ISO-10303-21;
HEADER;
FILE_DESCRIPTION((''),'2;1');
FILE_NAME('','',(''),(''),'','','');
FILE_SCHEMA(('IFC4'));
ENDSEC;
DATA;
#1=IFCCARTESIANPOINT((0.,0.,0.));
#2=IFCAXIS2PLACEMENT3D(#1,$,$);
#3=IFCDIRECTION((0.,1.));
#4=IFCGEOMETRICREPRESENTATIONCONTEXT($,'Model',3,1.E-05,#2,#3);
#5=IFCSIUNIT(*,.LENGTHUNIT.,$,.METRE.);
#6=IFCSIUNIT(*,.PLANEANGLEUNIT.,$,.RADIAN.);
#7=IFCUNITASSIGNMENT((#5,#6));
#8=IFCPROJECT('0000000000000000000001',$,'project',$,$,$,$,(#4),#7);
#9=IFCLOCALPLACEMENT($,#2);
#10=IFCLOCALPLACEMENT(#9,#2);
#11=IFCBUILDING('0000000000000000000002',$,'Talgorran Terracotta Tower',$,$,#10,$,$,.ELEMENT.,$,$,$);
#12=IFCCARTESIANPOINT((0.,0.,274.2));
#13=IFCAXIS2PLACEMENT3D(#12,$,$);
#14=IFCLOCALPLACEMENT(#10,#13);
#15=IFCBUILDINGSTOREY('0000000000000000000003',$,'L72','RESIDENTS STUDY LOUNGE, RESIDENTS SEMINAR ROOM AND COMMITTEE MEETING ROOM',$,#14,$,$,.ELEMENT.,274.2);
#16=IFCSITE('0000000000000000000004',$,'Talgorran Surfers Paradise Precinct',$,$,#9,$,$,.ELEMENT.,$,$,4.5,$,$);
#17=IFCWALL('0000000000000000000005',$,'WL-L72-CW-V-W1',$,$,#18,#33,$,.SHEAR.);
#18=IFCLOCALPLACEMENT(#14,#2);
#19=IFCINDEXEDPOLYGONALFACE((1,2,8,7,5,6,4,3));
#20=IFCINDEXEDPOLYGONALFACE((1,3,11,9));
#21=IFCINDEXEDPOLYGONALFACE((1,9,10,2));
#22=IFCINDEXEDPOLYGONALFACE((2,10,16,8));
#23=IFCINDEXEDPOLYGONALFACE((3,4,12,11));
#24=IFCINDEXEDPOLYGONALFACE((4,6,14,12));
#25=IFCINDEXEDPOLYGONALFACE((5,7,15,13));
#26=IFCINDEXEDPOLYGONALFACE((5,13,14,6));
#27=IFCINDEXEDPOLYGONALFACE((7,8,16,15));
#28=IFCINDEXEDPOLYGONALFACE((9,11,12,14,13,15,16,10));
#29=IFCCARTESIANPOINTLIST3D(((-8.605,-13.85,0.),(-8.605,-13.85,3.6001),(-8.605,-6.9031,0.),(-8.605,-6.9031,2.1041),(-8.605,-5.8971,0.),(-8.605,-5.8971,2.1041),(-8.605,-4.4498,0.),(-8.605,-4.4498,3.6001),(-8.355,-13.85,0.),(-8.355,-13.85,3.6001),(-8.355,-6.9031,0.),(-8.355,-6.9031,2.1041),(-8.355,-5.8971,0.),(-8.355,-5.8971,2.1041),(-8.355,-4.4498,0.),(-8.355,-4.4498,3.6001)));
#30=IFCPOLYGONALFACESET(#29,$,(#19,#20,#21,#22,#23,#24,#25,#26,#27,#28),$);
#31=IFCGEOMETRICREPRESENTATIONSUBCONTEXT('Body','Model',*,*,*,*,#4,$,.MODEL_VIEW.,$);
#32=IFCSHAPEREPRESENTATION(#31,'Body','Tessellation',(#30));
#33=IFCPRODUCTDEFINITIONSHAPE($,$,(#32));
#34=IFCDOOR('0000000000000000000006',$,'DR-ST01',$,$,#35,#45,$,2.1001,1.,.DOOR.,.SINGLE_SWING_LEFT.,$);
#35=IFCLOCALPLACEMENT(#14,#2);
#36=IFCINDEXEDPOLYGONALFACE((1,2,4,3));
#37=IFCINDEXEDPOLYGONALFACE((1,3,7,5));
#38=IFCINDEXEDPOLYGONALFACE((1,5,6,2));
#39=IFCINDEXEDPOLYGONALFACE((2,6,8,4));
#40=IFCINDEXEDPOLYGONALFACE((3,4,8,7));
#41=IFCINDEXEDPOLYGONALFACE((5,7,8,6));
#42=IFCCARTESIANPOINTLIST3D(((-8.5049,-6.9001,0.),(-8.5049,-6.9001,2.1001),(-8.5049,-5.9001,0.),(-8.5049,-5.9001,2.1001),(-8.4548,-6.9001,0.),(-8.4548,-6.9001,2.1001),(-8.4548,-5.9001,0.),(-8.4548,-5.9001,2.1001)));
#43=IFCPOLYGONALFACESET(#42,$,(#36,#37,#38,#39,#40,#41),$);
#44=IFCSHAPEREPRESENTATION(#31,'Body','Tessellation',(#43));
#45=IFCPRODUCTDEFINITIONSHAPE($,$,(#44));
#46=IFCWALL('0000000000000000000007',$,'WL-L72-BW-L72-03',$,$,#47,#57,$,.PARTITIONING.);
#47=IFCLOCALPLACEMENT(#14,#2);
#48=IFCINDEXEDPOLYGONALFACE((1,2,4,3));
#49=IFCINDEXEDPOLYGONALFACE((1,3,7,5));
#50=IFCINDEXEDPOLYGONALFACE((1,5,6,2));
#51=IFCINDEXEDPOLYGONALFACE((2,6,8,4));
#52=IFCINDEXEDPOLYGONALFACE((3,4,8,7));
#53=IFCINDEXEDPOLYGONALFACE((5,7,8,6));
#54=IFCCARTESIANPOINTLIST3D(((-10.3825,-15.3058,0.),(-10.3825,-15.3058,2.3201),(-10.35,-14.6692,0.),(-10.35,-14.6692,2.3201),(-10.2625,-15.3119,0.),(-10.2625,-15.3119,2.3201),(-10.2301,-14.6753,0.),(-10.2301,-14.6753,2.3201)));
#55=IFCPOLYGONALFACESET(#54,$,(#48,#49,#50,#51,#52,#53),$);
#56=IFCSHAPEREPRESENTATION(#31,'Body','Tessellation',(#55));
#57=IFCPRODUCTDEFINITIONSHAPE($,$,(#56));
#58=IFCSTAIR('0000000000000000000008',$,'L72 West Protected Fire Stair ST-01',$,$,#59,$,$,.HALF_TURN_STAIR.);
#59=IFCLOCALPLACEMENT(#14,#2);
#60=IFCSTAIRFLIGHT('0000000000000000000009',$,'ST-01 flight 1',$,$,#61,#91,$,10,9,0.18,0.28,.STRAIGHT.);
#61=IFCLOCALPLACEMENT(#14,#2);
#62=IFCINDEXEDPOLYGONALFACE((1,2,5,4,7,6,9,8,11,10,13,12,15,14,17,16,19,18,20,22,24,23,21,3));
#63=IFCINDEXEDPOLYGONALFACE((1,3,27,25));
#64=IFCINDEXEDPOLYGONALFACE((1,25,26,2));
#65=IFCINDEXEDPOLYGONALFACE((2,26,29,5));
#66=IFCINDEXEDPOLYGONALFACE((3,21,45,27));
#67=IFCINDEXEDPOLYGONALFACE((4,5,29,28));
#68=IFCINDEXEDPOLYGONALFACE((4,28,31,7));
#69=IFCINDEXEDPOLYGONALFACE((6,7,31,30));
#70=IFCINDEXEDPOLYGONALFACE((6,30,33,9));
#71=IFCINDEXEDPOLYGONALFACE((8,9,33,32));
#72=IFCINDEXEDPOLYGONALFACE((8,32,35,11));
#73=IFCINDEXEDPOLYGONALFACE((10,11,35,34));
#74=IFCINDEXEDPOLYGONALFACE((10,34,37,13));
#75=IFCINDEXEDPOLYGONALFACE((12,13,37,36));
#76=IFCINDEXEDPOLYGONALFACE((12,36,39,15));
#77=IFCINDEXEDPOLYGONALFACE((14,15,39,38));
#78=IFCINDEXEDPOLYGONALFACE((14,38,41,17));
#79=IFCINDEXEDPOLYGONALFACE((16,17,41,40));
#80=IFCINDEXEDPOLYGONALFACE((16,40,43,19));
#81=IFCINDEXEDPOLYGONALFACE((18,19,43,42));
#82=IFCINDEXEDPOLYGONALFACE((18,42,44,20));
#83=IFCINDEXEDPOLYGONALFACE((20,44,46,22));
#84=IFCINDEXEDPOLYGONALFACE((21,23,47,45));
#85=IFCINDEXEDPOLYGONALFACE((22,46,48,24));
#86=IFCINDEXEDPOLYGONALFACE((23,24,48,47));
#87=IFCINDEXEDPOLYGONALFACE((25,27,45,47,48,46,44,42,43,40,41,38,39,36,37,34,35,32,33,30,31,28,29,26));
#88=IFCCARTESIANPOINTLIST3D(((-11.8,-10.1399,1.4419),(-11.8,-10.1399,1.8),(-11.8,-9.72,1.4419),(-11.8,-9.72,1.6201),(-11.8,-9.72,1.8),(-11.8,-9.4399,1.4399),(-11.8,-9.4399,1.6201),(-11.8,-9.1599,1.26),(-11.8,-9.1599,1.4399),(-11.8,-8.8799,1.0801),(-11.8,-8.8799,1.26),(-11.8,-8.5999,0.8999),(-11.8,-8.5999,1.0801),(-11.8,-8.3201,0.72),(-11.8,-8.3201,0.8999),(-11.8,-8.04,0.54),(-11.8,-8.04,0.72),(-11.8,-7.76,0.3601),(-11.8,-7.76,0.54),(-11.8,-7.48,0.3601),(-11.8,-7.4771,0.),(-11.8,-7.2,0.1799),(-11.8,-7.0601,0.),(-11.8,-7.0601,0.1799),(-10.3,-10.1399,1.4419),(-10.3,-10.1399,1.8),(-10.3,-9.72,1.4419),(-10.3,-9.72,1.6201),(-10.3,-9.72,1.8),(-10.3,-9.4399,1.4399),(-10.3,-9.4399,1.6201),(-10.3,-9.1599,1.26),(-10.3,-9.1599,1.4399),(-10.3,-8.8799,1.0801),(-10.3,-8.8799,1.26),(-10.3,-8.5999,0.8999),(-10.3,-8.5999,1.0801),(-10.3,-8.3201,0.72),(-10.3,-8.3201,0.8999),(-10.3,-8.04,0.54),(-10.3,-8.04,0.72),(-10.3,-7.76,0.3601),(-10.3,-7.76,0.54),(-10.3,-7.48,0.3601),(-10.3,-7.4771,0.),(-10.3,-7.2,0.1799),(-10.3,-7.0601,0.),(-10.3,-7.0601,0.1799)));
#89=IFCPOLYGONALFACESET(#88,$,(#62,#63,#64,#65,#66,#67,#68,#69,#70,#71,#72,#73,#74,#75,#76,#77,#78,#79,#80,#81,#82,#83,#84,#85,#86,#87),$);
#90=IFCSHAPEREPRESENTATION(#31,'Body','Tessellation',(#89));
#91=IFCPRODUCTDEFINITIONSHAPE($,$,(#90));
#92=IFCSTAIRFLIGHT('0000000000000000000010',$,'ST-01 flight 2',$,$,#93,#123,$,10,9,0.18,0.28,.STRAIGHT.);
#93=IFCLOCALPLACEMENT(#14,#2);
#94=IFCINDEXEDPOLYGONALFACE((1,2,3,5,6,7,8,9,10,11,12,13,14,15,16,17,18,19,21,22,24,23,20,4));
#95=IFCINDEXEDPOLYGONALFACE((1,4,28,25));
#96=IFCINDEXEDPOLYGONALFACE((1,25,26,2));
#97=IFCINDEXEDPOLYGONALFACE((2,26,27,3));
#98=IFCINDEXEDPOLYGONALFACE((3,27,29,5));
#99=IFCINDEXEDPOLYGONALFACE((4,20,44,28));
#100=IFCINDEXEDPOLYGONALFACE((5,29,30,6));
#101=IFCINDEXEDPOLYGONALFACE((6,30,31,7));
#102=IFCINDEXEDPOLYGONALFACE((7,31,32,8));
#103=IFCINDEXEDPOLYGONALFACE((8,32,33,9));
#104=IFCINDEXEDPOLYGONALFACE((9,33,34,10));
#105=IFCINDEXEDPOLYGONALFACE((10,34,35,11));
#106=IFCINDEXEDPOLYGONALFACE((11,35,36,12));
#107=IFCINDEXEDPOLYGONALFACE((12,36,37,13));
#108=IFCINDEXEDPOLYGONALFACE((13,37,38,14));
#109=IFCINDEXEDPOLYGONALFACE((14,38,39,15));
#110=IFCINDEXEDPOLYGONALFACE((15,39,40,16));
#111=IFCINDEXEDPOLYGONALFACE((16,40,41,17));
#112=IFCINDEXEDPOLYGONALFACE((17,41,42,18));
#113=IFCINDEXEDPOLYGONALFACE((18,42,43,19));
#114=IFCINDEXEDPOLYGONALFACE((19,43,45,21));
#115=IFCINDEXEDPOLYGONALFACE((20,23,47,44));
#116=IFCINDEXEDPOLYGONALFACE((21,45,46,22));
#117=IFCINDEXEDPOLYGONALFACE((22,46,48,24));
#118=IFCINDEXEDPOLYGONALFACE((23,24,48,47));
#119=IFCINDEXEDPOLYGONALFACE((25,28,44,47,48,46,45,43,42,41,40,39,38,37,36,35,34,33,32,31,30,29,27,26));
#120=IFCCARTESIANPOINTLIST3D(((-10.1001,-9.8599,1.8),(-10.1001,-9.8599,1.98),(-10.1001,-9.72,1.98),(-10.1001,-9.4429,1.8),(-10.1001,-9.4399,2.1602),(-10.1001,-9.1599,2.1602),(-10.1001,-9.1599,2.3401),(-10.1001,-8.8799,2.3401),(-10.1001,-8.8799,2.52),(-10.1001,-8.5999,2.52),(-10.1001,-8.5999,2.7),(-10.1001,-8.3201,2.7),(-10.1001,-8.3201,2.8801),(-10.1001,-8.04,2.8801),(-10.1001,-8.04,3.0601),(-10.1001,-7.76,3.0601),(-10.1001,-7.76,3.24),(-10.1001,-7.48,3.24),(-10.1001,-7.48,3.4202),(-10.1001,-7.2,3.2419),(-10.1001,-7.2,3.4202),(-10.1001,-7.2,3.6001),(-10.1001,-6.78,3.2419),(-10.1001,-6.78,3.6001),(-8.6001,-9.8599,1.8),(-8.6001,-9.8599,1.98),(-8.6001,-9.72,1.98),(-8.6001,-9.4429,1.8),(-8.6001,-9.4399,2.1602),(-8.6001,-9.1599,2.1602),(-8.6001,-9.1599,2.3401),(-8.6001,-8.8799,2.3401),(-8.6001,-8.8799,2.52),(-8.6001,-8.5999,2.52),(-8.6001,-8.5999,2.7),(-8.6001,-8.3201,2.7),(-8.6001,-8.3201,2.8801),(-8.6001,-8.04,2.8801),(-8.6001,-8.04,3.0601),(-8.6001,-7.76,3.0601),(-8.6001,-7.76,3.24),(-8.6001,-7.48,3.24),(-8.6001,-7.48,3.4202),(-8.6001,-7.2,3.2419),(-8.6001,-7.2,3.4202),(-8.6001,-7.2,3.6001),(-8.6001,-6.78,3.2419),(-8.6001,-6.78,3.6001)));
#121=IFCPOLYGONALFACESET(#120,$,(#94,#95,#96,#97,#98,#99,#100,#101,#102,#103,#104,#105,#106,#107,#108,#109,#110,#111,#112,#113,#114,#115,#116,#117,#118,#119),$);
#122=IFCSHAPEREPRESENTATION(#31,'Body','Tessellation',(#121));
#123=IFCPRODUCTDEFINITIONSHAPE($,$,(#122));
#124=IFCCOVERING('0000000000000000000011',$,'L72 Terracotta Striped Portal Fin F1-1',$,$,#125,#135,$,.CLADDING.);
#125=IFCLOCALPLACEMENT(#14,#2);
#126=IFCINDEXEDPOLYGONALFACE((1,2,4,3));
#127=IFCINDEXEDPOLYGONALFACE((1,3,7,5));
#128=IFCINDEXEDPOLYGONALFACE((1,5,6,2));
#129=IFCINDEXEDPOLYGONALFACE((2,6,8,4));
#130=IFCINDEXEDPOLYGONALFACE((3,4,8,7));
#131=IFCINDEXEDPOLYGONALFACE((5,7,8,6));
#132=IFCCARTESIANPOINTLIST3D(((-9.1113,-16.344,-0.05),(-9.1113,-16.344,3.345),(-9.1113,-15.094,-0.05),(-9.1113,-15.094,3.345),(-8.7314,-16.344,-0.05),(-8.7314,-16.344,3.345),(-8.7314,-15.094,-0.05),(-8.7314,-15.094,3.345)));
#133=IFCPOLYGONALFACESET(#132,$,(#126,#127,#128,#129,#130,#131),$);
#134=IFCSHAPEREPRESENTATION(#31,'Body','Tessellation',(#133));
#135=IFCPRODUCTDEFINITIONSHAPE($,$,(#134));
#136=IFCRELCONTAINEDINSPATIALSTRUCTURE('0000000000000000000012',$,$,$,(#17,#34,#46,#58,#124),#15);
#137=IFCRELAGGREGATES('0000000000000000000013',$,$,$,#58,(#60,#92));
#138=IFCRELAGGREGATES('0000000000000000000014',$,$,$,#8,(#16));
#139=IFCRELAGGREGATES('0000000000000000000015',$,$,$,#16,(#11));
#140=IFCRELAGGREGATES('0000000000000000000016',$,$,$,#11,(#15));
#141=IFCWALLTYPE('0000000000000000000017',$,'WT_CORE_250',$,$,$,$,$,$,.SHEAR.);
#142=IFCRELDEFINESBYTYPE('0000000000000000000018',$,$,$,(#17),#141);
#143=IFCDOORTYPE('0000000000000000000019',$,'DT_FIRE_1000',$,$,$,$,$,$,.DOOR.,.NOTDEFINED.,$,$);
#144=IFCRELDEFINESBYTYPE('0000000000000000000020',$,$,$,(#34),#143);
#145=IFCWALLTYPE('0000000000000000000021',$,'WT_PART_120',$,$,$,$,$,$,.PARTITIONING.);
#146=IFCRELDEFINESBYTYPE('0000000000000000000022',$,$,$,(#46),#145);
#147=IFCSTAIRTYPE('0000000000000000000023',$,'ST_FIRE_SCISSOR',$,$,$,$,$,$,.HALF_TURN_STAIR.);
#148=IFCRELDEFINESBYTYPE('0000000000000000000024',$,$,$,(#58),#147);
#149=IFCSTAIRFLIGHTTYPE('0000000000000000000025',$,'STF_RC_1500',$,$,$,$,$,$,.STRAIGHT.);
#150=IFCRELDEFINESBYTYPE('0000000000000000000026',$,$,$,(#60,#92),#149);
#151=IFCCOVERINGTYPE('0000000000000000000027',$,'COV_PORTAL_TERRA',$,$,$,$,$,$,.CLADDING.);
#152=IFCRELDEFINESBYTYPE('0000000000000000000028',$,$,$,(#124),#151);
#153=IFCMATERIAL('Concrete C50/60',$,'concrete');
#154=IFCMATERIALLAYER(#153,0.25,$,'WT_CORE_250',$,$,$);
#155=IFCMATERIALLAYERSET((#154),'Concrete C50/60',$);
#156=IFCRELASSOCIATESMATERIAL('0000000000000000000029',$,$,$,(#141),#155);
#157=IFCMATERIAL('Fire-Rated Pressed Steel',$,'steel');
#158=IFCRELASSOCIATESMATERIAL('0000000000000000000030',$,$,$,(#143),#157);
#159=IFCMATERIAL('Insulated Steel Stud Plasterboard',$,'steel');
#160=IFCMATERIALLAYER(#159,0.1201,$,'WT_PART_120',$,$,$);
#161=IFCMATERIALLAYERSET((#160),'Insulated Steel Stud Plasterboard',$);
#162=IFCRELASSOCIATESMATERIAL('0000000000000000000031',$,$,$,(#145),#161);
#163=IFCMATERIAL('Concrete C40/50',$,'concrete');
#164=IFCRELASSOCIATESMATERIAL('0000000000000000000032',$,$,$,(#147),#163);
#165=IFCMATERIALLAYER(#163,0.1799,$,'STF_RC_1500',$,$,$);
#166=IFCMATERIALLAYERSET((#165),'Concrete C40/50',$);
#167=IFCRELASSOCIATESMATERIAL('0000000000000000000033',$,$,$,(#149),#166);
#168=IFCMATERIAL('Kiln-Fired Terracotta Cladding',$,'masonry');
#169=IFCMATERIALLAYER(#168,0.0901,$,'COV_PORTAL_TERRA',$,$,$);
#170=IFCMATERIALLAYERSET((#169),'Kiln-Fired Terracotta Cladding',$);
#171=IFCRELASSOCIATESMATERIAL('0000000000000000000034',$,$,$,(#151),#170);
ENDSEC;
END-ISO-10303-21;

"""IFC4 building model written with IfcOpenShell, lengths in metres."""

from ifc_helpers import new_model, si_unit, direction, frame, frame_2d, origin, origin_2d, place, context, subcontext, project, spatial, polyline, rectangle, outline, extrude, material, layer, layer_set, type_object, element, fill, aggregate, save


model = new_model("IFC4")

# Units and contexts
model_context = context("Model", 3, precision=1e-05, world=origin(), true_north=direction((0.0, 1.0)))
body_context = subcontext(model_context, "Body", "Model", "MODEL_VIEW")
ifc_project = project(units=[si_unit("LENGTHUNIT", "METRE"), si_unit("PLANEANGLEUNIT", "RADIAN")], contexts=[model_context])

# Site, building, storey
site_placement = place(None, origin())
site = spatial("IfcSite", under=ifc_project, at=site_placement, Name="Talgorran Surfers Paradise Precinct", CompositionType="ELEMENT", RefElevation=4.5)
building_placement = place(site_placement, origin())
building = spatial("IfcBuilding", under=site, at=building_placement, Name="Talgorran Terracotta Tower", CompositionType="ELEMENT")
storey_placement = place(building_placement, frame((0.0, 0.0, 274.2)))
storey = spatial("IfcBuildingStorey", under=building, at=storey_placement, Name="L72", Description="RESIDENTS STUDY LOUNGE, RESIDENTS SEMINAR ROOM AND COMMITTEE MEETING ROOM", CompositionType="ELEMENT", Elevation=274.2)

# Wall, opening, door
ifc_material_1 = material(Name="Concrete C50/60", Category="concrete")
ifc_layer_1 = layer(ifc_material_1, 0.25, Name="WT_CORE_250")
ifc_layer_set_1 = layer_set([ifc_layer_1], Name="Concrete C50/60")
wall_type_1 = type_object("IfcWallType", Name="WT_CORE_250", PredefinedType="SHEAR", material=ifc_layer_set_1)
wall_1_placement = place(storey_placement, frame((-8.48, -13.8501, 0.0), z_axis=(0.0, 0.0, 1.0), x_axis=(0.0, 1.0, 0.0)))
wall_1 = element("IfcWall", 1, at=wall_1_placement, inside=storey, type_object=wall_type_1, Name="WL-L72-CW-V-W1", PredefinedType="SHEAR", context=body_context, shape_type="SweptSolid", body=[
    extrude(rectangle(XDim=9.4001, YDim=0.25, at=frame_2d((4.7002, 0.0))), origin(), (0.0, 0.0, 1.0), 3.6001),
])
opening_placement = place(wall_1_placement, frame((6.95, 0.0, 0.0)))
opening = element("IfcOpeningElement", 2, at=opening_placement, cuts=wall_1, PredefinedType="OPENING", context=body_context, shape_type="SweptSolid", body=[
    extrude(rectangle(XDim=1.006, YDim=2.1041, at=frame_2d((0.5, 1.052))), frame((0.0, 0.135, 0.0), z_axis=(0.0, -1.0, 0.0), x_axis=(1.0, 0.0, 0.0)), (0.0, 0.0, 1.0), 0.27),
])
ifc_material_2 = material(Name="Fire-Rated Pressed Steel", Category="steel")
door_type = type_object("IfcDoorType", Name="DT_FIRE_1000", OperationType="NOTDEFINED", PredefinedType="DOOR", material=ifc_material_2)
door_placement = place(opening_placement, origin())
door = element("IfcDoor", 3, at=door_placement, inside=storey, type_object=door_type, Name="DR-ST01", OperationType="SINGLE_SWING_LEFT", OverallHeight=2.1001, OverallWidth=1.0, PredefinedType="DOOR", context=body_context, shape_type="SweptSolid", body=[
    extrude(rectangle(XDim=1.0, YDim=2.1001, at=frame_2d((0.5, 1.05))), frame((0.0, 0.0249, 0.0), z_axis=(0.0, -1.0, 0.0), x_axis=(1.0, 0.0, 0.0)), (0.0, 0.0, 1.0), 0.05),
])
fill(opening, door)

# Wall
ifc_material_3 = material(Name="Insulated Steel Stud Plasterboard", Category="steel")
ifc_layer_2 = layer(ifc_material_3, 0.1201, Name="WT_PART_120")
ifc_layer_set_2 = layer_set([ifc_layer_2], Name="Insulated Steel Stud Plasterboard")
wall_type_2 = type_object("IfcWallType", Name="WT_PART_120", PredefinedType="PARTITIONING", material=ifc_layer_set_2)
wall_2_placement = place(storey_placement, frame((-10.29, -14.6721, 0.0), z_axis=(0.0, 0.0, 1.0), x_axis=(-0.050931, -0.998702, 0.0)))
element("IfcWall", 4, at=wall_2_placement, inside=storey, type_object=wall_type_2, Name="WL-L72-BW-L72-03", PredefinedType="PARTITIONING", context=body_context, shape_type="SweptSolid", body=[
    extrude(rectangle(XDim=0.6375, YDim=0.1201, at=frame_2d((0.3188, 0.0))), origin(), (0.0, 0.0, 1.0), 2.3201),
])

# Stair, stair flights
ifc_material_4 = material(Name="Concrete C40/50", Category="concrete")
stair_type = type_object("IfcStairType", Name="ST_FIRE_SCISSOR", PredefinedType="HALF_TURN_STAIR", material=ifc_material_4)
stair_placement = place(storey_placement, origin())
stair = element("IfcStair", 5, at=stair_placement, inside=storey, type_object=stair_type, Name="L72 West Protected Fire Stair ST-01", PredefinedType="HALF_TURN_STAIR")
ifc_layer_3 = layer(ifc_material_4, 0.1799, Name="STF_RC_1500")
ifc_layer_set_3 = layer_set([ifc_layer_3], Name="Concrete C40/50")
stair_flight_type = type_object("IfcStairFlightType", Name="STF_RC_1500", PredefinedType="STRAIGHT", material=ifc_layer_set_3)
stair_flight_1_placement = place(storey_placement, frame((-11.05, -7.2, 0.0), z_axis=(0.0, 0.0, 1.0), x_axis=(0.0, -1.0, 0.0)))
stair_flight_1 = element("IfcStairFlight", 6, at=stair_flight_1_placement, type_object=stair_flight_type, Name="ST-01 flight 1", NumberOfRisers=10, NumberOfTreads=9, PredefinedType="STRAIGHT", RiserHeight=0.18, TreadLength=0.28, context=body_context, shape_type="SweptSolid", body=[
    extrude(outline(polyline([(-0.1399, 0.0), (-0.1399, 0.1799), (0.0, 0.1799), (0.28, 0.3601), (0.5601, 0.3601), (0.5601, 0.54), (0.8401, 0.54), (0.8401, 0.72), (1.1201, 0.72), (1.1201, 0.8999), (1.3999, 0.8999), (1.3999, 1.0801), (1.6799, 1.0801), (1.6799, 1.26), (1.96, 1.26), (1.96, 1.4399), (2.24, 1.4399), (2.24, 1.6201), (2.52, 1.6201), (2.52, 1.8), (2.9399, 1.8), (2.9399, 1.4419), (2.52, 1.4419), (0.2771, 0.0), (-0.1399, 0.0)])), frame((0.0, 0.75, 0.0), z_axis=(0.0, -1.0, 0.0), x_axis=(1.0, 0.0, 0.0)), (0.0, 0.0, 1.0), 1.5),
])
stair_flight_2_placement = place(storey_placement, frame((-9.3501, -9.72, 1.8), z_axis=(0.0, 0.0, 1.0), x_axis=(0.0, 1.0, 0.0)))
stair_flight_2 = element("IfcStairFlight", 7, at=stair_flight_2_placement, type_object=stair_flight_type, Name="ST-01 flight 2", NumberOfRisers=10, NumberOfTreads=9, PredefinedType="STRAIGHT", RiserHeight=0.18, TreadLength=0.28, context=body_context, shape_type="SweptSolid", body=[
    extrude(outline(polyline([(-0.1399, 0.0), (-0.1399, 0.1799), (0.0, 0.1799), (0.28, 0.3601), (0.5601, 0.3601), (0.5601, 0.54), (0.8401, 0.54), (0.8401, 0.72), (1.1201, 0.72), (1.1201, 0.8999), (1.3999, 0.8999), (1.3999, 1.0801), (1.6799, 1.0801), (1.6799, 1.26), (1.96, 1.26), (1.96, 1.4399), (2.24, 1.4399), (2.24, 1.6201), (2.52, 1.6201), (2.52, 1.8), (2.9399, 1.8), (2.9399, 1.4419), (2.52, 1.4419), (0.2771, 0.0), (-0.1399, 0.0)])), frame((0.0, 0.75, 0.0), z_axis=(0.0, -1.0, 0.0), x_axis=(1.0, 0.0, 0.0)), (0.0, 0.0, 1.0), 1.5),
])
aggregate(stair, [stair_flight_1, stair_flight_2])

# Covering
ifc_material_5 = material(Name="Kiln-Fired Terracotta Cladding", Category="masonry")
ifc_layer_4 = layer(ifc_material_5, 0.0901, Name="COV_PORTAL_TERRA")
ifc_layer_set_4 = layer_set([ifc_layer_4], Name="Kiln-Fired Terracotta Cladding")
covering_type = type_object("IfcCoveringType", Name="COV_PORTAL_TERRA", PredefinedType="CLADDING", material=ifc_layer_set_4)
covering_placement = place(storey_placement, frame((-8.9214, -15.719, -0.05), z_axis=(0.0, 0.0, 1.0), x_axis=(1.0, 0.0, 0.0)))
element("IfcCovering", 8, at=covering_placement, inside=storey, type_object=covering_type, Name="L72 Terracotta Striped Portal Fin F1-1", PredefinedType="CLADDING", context=body_context, shape_type="SweptSolid", body=[
    extrude(rectangle(XDim=0.3799, YDim=1.25, at=origin_2d()), origin(), (0.0, 0.0, 1.0), 3.395),
])

save(model, "model.ifc")
